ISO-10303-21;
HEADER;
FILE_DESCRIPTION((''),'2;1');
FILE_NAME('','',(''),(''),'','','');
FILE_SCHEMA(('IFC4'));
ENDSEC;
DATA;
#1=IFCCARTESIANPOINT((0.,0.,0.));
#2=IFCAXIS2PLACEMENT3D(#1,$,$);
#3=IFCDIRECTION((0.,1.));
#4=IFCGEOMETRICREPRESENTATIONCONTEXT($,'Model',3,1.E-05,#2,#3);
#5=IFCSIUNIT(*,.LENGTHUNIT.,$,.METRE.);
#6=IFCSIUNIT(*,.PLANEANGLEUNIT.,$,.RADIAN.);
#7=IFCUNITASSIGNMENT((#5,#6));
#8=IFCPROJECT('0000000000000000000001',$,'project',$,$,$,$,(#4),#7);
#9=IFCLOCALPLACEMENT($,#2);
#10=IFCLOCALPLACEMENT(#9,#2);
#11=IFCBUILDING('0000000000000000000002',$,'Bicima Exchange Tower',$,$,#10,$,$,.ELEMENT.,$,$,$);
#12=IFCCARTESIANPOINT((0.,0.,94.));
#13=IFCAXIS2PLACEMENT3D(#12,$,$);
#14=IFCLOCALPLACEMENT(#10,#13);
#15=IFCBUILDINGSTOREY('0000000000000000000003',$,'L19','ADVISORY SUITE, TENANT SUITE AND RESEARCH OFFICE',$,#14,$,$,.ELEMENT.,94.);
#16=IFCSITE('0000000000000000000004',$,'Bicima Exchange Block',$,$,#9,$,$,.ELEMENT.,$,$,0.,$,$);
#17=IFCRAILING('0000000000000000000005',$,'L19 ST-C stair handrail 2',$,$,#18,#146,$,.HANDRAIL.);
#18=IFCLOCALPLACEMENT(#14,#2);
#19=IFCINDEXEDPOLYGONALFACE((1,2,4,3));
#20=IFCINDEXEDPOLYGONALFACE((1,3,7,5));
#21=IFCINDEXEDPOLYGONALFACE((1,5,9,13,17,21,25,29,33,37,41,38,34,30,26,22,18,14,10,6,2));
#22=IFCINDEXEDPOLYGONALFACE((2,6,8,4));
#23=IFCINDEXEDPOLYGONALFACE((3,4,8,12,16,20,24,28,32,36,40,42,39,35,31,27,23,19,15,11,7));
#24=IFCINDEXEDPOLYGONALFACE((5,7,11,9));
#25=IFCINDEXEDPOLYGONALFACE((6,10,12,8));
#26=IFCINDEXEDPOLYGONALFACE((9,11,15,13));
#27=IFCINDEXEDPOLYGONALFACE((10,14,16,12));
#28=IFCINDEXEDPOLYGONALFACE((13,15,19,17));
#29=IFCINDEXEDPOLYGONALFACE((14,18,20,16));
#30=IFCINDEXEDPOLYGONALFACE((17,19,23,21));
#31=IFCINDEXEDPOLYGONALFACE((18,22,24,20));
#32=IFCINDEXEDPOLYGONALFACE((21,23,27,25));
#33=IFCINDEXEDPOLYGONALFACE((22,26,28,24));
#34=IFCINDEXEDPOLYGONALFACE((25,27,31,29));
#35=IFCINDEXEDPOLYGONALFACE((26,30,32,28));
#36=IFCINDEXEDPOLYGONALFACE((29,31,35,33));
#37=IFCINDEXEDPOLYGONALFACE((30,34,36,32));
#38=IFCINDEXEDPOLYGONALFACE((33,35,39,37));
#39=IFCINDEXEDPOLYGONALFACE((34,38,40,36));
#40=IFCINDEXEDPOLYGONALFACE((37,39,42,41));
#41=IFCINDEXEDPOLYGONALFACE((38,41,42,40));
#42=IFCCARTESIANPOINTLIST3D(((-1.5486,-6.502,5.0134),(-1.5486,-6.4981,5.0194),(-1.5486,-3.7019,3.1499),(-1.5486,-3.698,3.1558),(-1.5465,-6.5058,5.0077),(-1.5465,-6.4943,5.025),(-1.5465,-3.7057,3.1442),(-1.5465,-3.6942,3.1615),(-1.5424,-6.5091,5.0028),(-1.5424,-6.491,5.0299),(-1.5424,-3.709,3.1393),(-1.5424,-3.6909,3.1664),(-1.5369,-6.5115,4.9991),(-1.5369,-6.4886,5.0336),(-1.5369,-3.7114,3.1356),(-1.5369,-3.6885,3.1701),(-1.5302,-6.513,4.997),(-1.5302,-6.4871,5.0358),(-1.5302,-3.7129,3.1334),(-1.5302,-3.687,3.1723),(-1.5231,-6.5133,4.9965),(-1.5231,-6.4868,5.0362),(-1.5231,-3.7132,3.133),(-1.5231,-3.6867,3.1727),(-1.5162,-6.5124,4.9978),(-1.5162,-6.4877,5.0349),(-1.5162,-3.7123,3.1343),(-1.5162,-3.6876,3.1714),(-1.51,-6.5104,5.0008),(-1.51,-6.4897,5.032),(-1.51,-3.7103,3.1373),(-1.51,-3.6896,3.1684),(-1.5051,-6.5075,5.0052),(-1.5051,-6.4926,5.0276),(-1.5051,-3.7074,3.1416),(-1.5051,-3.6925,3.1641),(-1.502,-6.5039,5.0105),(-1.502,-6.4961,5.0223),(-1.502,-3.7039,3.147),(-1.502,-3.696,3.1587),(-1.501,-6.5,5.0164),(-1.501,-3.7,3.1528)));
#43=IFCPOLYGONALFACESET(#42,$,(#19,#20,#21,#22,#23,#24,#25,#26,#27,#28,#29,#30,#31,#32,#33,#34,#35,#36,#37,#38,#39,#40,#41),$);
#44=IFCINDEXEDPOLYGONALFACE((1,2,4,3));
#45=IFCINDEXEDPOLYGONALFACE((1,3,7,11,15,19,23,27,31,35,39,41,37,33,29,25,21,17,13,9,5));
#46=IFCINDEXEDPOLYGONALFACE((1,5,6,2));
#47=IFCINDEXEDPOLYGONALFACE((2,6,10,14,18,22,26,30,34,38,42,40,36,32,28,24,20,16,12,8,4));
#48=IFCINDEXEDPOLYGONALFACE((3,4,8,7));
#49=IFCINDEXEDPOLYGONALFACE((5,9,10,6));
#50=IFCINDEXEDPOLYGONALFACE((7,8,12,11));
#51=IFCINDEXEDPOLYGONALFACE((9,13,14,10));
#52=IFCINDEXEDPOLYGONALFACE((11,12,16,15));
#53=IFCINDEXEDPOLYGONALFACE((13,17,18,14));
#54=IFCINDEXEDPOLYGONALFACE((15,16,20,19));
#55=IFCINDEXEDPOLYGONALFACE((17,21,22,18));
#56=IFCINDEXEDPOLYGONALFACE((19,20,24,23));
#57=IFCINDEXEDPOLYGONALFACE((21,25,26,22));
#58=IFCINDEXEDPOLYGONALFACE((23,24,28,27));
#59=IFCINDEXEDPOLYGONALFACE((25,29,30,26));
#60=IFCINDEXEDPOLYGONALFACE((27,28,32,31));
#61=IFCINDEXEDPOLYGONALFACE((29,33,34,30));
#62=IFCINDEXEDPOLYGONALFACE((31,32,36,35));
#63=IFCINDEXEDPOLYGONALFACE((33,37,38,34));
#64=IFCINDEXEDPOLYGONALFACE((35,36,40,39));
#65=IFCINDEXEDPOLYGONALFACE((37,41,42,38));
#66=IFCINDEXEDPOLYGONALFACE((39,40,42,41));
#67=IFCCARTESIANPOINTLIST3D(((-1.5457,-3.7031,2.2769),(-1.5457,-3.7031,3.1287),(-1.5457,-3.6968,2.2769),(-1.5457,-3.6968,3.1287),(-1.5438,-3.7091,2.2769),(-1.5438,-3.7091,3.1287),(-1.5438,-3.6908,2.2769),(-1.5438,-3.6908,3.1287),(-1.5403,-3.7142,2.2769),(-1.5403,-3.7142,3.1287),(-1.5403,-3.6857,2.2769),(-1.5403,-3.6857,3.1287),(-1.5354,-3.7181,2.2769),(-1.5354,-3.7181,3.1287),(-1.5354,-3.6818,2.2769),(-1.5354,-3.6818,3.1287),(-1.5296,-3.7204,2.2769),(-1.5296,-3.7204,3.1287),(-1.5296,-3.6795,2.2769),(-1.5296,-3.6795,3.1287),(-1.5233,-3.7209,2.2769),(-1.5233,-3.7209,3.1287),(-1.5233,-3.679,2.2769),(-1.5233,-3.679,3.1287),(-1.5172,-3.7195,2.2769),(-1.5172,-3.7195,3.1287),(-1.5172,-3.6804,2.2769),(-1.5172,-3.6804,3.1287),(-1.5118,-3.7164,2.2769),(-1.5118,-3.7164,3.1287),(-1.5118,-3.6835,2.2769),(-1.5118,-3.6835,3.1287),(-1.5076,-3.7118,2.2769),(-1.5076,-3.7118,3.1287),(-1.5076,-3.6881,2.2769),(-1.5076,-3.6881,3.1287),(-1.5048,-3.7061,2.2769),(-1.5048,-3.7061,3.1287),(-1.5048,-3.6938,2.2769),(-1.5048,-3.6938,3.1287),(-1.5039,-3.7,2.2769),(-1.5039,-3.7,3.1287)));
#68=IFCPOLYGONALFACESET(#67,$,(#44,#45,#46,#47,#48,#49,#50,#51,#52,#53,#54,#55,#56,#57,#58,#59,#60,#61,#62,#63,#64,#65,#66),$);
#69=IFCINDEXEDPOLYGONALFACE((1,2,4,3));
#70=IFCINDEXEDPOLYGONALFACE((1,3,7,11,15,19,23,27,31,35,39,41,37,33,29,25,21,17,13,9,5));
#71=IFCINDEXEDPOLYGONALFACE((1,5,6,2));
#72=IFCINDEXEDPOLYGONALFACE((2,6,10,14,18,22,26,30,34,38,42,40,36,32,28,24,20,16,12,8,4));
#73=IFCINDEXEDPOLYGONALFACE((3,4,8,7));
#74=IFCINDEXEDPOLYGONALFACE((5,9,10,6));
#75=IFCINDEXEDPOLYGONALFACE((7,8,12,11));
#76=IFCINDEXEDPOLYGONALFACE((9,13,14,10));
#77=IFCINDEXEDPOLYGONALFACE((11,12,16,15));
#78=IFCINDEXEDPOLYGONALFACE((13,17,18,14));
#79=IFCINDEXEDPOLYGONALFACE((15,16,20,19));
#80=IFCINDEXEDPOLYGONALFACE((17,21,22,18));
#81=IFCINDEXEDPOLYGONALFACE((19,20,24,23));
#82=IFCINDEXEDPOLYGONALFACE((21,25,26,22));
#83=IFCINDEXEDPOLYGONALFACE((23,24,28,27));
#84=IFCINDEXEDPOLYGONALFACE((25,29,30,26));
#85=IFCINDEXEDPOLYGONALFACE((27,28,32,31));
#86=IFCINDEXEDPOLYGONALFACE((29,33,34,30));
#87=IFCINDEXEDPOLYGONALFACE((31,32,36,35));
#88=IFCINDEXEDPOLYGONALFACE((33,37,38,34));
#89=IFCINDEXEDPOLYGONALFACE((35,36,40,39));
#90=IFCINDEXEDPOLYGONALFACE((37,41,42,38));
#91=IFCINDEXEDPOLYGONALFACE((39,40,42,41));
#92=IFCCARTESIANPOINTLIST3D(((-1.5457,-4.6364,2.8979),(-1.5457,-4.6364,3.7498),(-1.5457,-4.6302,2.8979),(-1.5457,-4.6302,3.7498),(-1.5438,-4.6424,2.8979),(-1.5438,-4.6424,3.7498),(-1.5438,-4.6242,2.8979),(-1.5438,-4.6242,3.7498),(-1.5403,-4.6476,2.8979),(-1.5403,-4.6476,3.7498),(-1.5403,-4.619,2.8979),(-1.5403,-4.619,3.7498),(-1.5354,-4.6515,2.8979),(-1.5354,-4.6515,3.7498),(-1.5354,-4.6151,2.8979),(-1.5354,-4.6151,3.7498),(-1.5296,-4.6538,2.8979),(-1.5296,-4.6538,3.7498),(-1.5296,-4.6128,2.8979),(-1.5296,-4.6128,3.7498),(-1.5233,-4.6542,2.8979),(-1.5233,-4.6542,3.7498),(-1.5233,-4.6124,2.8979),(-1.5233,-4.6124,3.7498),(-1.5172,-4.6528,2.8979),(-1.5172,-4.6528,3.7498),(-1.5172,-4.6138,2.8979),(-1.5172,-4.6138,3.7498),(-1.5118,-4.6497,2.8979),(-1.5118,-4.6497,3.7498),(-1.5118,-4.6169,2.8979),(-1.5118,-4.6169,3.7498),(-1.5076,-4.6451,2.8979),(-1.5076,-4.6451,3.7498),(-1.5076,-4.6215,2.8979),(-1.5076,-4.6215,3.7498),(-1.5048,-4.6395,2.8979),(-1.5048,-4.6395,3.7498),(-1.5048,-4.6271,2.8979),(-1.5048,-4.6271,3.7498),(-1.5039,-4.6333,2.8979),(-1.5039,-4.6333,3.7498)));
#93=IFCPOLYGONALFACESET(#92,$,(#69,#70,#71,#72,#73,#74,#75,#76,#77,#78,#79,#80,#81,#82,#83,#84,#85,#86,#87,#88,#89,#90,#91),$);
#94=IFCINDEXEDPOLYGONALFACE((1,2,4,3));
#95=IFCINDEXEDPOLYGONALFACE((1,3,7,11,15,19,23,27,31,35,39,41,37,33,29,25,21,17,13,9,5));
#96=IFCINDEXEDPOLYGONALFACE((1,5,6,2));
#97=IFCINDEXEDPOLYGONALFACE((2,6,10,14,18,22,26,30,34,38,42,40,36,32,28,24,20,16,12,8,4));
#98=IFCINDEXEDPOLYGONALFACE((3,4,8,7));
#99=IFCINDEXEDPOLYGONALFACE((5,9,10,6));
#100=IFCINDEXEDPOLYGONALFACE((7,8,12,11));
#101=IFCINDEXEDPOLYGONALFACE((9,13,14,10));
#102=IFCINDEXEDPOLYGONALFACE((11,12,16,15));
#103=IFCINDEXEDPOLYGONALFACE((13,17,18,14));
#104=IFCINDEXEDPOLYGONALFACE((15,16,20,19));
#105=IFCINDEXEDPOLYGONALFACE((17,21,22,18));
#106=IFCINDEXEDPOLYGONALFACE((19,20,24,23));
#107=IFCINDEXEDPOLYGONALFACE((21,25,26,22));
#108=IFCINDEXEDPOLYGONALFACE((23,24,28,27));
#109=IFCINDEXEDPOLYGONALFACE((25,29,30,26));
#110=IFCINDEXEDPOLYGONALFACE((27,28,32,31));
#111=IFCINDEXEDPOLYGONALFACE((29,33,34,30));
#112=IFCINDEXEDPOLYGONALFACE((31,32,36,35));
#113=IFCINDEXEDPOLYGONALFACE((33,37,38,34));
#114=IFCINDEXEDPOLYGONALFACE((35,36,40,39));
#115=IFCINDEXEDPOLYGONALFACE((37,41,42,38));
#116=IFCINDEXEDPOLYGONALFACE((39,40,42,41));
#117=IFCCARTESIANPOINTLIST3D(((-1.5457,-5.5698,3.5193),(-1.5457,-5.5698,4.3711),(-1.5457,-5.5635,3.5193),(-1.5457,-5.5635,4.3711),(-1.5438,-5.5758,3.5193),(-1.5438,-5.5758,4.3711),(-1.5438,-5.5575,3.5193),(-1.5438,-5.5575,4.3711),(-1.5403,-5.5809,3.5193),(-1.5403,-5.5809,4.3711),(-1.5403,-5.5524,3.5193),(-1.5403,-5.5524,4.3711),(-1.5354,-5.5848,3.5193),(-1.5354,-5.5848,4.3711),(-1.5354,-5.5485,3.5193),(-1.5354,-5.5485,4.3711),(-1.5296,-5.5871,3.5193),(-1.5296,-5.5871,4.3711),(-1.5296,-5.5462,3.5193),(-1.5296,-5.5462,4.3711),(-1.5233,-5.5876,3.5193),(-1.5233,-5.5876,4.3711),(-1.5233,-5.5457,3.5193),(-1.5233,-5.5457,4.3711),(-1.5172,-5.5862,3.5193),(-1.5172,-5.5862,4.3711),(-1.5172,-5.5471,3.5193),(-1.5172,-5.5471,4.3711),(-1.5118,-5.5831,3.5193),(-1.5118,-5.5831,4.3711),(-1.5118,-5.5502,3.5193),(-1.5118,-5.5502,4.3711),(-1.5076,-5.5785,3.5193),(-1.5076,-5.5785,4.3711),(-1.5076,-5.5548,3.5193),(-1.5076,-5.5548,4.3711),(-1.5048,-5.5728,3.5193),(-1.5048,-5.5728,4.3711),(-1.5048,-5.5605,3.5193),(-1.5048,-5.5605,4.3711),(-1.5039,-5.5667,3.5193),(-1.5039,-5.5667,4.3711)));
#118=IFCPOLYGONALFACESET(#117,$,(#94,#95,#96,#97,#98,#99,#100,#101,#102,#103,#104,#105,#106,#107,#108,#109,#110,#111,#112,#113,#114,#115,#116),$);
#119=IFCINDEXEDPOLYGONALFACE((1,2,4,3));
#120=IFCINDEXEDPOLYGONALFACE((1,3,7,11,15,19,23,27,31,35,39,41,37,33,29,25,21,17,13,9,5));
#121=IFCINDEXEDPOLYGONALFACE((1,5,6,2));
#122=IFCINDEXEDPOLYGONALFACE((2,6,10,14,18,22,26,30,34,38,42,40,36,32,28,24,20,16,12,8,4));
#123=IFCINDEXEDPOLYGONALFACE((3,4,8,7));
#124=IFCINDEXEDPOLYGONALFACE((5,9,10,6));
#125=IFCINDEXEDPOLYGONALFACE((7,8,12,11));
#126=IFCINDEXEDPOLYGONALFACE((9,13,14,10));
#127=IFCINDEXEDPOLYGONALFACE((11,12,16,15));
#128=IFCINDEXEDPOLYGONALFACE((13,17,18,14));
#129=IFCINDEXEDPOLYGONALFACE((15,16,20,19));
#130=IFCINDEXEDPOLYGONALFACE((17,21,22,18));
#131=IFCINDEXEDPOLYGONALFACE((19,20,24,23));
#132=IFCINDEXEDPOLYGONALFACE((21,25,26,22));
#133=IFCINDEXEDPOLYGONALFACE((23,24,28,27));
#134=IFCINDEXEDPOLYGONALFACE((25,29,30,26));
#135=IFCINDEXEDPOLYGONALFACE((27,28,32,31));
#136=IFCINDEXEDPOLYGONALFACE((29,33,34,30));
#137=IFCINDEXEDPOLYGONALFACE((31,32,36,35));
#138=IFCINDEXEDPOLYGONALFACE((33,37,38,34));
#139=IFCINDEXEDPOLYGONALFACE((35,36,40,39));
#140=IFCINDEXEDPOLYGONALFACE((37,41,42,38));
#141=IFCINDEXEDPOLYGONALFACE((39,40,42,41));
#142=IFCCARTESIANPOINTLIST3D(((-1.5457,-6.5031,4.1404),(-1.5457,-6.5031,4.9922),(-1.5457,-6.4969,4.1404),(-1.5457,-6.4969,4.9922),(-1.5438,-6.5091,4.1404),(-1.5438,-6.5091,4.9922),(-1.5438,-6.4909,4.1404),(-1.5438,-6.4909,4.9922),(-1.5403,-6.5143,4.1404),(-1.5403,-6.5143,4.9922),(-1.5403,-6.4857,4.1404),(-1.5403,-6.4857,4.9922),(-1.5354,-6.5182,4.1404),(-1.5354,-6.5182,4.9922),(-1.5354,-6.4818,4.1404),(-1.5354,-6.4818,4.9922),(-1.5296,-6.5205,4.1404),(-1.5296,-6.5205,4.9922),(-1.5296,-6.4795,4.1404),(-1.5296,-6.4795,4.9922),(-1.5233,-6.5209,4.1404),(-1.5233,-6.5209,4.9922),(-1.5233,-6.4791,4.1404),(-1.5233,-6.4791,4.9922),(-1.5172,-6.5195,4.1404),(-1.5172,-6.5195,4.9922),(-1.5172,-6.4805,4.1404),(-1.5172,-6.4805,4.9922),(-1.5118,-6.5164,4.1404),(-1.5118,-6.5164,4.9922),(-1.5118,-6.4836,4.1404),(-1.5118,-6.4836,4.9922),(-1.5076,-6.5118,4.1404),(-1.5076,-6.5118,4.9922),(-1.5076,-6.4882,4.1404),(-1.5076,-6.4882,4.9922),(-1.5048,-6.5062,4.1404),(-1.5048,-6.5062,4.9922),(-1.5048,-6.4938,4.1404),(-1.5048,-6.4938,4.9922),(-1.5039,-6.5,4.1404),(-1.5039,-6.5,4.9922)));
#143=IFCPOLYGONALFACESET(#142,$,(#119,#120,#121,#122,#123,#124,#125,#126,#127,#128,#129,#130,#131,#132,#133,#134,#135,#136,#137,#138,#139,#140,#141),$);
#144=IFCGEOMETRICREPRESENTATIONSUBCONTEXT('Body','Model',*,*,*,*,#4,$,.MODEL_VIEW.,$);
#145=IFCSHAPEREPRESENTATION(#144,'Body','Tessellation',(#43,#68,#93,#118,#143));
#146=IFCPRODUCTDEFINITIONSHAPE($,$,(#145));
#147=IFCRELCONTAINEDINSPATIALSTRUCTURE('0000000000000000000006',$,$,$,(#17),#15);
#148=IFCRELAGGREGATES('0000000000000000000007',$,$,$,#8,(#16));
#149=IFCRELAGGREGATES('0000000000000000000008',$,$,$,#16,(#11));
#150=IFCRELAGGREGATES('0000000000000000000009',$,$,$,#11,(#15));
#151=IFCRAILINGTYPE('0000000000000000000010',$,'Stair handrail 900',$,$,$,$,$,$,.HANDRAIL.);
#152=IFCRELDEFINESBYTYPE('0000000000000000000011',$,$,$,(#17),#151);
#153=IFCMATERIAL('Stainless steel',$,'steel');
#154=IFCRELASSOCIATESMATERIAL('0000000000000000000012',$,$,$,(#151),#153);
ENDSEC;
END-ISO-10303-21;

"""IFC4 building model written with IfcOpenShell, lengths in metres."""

from ifc_helpers import new_model, si_unit, direction, frame, origin, origin_2d, place, context, subcontext, project, spatial, circle, extrude, material, type_object, element, save


model = new_model("IFC4")

# Units and contexts
model_context = context("Model", 3, precision=1e-05, world=origin(), true_north=direction((0.0, 1.0)))
body_context = subcontext(model_context, "Body", "Model", "MODEL_VIEW")
ifc_project = project(units=[si_unit("LENGTHUNIT", "METRE"), si_unit("PLANEANGLEUNIT", "RADIAN")], contexts=[model_context])

# Site, building, storey
site_placement = place(None, origin())
site = spatial("IfcSite", under=ifc_project, at=site_placement, Name="Bicima Exchange Block", CompositionType="ELEMENT", RefElevation=0.0)
building_placement = place(site_placement, origin())
building = spatial("IfcBuilding", under=site, at=building_placement, Name="Bicima Exchange Tower", CompositionType="ELEMENT")
storey_placement = place(building_placement, frame((0.0, 0.0, 94.0)))
storey = spatial("IfcBuildingStorey", under=building, at=storey_placement, Name="L19", Description="ADVISORY SUITE, TENANT SUITE AND RESEARCH OFFICE", CompositionType="ELEMENT", Elevation=94.0)

# Railing
ifc_material_1 = material(Name="Stainless steel", Category="steel")
railing_type = type_object("IfcRailingType", Name="Stair handrail 900", PredefinedType="HANDRAIL", material=ifc_material_1)
railing_placement = place(storey_placement, frame((-1.5249, -3.7, 2.2769)))
element("IfcRailing", 1, at=railing_placement, inside=storey, type_object=railing_type, Name="L19 ST-C stair handrail 2", PredefinedType="HANDRAIL", context=body_context, shape_type="SweptSolid", body=[
    extrude(circle(Radius=0.0239, at=origin_2d()), frame((0.0, 0.0, 0.876), z_axis=(0.0, -0.832486, 0.554047), x_axis=(1.0, 0.0, 0.0)), (0.0, 0.0, 1.0), 3.3635),
    extrude(circle(Radius=0.021, at=origin_2d()), origin(), (0.0, 0.0, 1.0), 0.8518),
    extrude(circle(Radius=0.021, at=origin_2d()), frame((0.0, -0.9333, 0.6211)), (0.0, 0.0, 1.0), 0.8518),
    extrude(circle(Radius=0.021, at=origin_2d()), frame((0.0, -1.8667, 1.2424)), (0.0, 0.0, 1.0), 0.8518),
    extrude(circle(Radius=0.021, at=origin_2d()), frame((0.0, -2.8, 1.8635)), (0.0, 0.0, 1.0), 0.8518),
])

save(model, "model.ifc")
